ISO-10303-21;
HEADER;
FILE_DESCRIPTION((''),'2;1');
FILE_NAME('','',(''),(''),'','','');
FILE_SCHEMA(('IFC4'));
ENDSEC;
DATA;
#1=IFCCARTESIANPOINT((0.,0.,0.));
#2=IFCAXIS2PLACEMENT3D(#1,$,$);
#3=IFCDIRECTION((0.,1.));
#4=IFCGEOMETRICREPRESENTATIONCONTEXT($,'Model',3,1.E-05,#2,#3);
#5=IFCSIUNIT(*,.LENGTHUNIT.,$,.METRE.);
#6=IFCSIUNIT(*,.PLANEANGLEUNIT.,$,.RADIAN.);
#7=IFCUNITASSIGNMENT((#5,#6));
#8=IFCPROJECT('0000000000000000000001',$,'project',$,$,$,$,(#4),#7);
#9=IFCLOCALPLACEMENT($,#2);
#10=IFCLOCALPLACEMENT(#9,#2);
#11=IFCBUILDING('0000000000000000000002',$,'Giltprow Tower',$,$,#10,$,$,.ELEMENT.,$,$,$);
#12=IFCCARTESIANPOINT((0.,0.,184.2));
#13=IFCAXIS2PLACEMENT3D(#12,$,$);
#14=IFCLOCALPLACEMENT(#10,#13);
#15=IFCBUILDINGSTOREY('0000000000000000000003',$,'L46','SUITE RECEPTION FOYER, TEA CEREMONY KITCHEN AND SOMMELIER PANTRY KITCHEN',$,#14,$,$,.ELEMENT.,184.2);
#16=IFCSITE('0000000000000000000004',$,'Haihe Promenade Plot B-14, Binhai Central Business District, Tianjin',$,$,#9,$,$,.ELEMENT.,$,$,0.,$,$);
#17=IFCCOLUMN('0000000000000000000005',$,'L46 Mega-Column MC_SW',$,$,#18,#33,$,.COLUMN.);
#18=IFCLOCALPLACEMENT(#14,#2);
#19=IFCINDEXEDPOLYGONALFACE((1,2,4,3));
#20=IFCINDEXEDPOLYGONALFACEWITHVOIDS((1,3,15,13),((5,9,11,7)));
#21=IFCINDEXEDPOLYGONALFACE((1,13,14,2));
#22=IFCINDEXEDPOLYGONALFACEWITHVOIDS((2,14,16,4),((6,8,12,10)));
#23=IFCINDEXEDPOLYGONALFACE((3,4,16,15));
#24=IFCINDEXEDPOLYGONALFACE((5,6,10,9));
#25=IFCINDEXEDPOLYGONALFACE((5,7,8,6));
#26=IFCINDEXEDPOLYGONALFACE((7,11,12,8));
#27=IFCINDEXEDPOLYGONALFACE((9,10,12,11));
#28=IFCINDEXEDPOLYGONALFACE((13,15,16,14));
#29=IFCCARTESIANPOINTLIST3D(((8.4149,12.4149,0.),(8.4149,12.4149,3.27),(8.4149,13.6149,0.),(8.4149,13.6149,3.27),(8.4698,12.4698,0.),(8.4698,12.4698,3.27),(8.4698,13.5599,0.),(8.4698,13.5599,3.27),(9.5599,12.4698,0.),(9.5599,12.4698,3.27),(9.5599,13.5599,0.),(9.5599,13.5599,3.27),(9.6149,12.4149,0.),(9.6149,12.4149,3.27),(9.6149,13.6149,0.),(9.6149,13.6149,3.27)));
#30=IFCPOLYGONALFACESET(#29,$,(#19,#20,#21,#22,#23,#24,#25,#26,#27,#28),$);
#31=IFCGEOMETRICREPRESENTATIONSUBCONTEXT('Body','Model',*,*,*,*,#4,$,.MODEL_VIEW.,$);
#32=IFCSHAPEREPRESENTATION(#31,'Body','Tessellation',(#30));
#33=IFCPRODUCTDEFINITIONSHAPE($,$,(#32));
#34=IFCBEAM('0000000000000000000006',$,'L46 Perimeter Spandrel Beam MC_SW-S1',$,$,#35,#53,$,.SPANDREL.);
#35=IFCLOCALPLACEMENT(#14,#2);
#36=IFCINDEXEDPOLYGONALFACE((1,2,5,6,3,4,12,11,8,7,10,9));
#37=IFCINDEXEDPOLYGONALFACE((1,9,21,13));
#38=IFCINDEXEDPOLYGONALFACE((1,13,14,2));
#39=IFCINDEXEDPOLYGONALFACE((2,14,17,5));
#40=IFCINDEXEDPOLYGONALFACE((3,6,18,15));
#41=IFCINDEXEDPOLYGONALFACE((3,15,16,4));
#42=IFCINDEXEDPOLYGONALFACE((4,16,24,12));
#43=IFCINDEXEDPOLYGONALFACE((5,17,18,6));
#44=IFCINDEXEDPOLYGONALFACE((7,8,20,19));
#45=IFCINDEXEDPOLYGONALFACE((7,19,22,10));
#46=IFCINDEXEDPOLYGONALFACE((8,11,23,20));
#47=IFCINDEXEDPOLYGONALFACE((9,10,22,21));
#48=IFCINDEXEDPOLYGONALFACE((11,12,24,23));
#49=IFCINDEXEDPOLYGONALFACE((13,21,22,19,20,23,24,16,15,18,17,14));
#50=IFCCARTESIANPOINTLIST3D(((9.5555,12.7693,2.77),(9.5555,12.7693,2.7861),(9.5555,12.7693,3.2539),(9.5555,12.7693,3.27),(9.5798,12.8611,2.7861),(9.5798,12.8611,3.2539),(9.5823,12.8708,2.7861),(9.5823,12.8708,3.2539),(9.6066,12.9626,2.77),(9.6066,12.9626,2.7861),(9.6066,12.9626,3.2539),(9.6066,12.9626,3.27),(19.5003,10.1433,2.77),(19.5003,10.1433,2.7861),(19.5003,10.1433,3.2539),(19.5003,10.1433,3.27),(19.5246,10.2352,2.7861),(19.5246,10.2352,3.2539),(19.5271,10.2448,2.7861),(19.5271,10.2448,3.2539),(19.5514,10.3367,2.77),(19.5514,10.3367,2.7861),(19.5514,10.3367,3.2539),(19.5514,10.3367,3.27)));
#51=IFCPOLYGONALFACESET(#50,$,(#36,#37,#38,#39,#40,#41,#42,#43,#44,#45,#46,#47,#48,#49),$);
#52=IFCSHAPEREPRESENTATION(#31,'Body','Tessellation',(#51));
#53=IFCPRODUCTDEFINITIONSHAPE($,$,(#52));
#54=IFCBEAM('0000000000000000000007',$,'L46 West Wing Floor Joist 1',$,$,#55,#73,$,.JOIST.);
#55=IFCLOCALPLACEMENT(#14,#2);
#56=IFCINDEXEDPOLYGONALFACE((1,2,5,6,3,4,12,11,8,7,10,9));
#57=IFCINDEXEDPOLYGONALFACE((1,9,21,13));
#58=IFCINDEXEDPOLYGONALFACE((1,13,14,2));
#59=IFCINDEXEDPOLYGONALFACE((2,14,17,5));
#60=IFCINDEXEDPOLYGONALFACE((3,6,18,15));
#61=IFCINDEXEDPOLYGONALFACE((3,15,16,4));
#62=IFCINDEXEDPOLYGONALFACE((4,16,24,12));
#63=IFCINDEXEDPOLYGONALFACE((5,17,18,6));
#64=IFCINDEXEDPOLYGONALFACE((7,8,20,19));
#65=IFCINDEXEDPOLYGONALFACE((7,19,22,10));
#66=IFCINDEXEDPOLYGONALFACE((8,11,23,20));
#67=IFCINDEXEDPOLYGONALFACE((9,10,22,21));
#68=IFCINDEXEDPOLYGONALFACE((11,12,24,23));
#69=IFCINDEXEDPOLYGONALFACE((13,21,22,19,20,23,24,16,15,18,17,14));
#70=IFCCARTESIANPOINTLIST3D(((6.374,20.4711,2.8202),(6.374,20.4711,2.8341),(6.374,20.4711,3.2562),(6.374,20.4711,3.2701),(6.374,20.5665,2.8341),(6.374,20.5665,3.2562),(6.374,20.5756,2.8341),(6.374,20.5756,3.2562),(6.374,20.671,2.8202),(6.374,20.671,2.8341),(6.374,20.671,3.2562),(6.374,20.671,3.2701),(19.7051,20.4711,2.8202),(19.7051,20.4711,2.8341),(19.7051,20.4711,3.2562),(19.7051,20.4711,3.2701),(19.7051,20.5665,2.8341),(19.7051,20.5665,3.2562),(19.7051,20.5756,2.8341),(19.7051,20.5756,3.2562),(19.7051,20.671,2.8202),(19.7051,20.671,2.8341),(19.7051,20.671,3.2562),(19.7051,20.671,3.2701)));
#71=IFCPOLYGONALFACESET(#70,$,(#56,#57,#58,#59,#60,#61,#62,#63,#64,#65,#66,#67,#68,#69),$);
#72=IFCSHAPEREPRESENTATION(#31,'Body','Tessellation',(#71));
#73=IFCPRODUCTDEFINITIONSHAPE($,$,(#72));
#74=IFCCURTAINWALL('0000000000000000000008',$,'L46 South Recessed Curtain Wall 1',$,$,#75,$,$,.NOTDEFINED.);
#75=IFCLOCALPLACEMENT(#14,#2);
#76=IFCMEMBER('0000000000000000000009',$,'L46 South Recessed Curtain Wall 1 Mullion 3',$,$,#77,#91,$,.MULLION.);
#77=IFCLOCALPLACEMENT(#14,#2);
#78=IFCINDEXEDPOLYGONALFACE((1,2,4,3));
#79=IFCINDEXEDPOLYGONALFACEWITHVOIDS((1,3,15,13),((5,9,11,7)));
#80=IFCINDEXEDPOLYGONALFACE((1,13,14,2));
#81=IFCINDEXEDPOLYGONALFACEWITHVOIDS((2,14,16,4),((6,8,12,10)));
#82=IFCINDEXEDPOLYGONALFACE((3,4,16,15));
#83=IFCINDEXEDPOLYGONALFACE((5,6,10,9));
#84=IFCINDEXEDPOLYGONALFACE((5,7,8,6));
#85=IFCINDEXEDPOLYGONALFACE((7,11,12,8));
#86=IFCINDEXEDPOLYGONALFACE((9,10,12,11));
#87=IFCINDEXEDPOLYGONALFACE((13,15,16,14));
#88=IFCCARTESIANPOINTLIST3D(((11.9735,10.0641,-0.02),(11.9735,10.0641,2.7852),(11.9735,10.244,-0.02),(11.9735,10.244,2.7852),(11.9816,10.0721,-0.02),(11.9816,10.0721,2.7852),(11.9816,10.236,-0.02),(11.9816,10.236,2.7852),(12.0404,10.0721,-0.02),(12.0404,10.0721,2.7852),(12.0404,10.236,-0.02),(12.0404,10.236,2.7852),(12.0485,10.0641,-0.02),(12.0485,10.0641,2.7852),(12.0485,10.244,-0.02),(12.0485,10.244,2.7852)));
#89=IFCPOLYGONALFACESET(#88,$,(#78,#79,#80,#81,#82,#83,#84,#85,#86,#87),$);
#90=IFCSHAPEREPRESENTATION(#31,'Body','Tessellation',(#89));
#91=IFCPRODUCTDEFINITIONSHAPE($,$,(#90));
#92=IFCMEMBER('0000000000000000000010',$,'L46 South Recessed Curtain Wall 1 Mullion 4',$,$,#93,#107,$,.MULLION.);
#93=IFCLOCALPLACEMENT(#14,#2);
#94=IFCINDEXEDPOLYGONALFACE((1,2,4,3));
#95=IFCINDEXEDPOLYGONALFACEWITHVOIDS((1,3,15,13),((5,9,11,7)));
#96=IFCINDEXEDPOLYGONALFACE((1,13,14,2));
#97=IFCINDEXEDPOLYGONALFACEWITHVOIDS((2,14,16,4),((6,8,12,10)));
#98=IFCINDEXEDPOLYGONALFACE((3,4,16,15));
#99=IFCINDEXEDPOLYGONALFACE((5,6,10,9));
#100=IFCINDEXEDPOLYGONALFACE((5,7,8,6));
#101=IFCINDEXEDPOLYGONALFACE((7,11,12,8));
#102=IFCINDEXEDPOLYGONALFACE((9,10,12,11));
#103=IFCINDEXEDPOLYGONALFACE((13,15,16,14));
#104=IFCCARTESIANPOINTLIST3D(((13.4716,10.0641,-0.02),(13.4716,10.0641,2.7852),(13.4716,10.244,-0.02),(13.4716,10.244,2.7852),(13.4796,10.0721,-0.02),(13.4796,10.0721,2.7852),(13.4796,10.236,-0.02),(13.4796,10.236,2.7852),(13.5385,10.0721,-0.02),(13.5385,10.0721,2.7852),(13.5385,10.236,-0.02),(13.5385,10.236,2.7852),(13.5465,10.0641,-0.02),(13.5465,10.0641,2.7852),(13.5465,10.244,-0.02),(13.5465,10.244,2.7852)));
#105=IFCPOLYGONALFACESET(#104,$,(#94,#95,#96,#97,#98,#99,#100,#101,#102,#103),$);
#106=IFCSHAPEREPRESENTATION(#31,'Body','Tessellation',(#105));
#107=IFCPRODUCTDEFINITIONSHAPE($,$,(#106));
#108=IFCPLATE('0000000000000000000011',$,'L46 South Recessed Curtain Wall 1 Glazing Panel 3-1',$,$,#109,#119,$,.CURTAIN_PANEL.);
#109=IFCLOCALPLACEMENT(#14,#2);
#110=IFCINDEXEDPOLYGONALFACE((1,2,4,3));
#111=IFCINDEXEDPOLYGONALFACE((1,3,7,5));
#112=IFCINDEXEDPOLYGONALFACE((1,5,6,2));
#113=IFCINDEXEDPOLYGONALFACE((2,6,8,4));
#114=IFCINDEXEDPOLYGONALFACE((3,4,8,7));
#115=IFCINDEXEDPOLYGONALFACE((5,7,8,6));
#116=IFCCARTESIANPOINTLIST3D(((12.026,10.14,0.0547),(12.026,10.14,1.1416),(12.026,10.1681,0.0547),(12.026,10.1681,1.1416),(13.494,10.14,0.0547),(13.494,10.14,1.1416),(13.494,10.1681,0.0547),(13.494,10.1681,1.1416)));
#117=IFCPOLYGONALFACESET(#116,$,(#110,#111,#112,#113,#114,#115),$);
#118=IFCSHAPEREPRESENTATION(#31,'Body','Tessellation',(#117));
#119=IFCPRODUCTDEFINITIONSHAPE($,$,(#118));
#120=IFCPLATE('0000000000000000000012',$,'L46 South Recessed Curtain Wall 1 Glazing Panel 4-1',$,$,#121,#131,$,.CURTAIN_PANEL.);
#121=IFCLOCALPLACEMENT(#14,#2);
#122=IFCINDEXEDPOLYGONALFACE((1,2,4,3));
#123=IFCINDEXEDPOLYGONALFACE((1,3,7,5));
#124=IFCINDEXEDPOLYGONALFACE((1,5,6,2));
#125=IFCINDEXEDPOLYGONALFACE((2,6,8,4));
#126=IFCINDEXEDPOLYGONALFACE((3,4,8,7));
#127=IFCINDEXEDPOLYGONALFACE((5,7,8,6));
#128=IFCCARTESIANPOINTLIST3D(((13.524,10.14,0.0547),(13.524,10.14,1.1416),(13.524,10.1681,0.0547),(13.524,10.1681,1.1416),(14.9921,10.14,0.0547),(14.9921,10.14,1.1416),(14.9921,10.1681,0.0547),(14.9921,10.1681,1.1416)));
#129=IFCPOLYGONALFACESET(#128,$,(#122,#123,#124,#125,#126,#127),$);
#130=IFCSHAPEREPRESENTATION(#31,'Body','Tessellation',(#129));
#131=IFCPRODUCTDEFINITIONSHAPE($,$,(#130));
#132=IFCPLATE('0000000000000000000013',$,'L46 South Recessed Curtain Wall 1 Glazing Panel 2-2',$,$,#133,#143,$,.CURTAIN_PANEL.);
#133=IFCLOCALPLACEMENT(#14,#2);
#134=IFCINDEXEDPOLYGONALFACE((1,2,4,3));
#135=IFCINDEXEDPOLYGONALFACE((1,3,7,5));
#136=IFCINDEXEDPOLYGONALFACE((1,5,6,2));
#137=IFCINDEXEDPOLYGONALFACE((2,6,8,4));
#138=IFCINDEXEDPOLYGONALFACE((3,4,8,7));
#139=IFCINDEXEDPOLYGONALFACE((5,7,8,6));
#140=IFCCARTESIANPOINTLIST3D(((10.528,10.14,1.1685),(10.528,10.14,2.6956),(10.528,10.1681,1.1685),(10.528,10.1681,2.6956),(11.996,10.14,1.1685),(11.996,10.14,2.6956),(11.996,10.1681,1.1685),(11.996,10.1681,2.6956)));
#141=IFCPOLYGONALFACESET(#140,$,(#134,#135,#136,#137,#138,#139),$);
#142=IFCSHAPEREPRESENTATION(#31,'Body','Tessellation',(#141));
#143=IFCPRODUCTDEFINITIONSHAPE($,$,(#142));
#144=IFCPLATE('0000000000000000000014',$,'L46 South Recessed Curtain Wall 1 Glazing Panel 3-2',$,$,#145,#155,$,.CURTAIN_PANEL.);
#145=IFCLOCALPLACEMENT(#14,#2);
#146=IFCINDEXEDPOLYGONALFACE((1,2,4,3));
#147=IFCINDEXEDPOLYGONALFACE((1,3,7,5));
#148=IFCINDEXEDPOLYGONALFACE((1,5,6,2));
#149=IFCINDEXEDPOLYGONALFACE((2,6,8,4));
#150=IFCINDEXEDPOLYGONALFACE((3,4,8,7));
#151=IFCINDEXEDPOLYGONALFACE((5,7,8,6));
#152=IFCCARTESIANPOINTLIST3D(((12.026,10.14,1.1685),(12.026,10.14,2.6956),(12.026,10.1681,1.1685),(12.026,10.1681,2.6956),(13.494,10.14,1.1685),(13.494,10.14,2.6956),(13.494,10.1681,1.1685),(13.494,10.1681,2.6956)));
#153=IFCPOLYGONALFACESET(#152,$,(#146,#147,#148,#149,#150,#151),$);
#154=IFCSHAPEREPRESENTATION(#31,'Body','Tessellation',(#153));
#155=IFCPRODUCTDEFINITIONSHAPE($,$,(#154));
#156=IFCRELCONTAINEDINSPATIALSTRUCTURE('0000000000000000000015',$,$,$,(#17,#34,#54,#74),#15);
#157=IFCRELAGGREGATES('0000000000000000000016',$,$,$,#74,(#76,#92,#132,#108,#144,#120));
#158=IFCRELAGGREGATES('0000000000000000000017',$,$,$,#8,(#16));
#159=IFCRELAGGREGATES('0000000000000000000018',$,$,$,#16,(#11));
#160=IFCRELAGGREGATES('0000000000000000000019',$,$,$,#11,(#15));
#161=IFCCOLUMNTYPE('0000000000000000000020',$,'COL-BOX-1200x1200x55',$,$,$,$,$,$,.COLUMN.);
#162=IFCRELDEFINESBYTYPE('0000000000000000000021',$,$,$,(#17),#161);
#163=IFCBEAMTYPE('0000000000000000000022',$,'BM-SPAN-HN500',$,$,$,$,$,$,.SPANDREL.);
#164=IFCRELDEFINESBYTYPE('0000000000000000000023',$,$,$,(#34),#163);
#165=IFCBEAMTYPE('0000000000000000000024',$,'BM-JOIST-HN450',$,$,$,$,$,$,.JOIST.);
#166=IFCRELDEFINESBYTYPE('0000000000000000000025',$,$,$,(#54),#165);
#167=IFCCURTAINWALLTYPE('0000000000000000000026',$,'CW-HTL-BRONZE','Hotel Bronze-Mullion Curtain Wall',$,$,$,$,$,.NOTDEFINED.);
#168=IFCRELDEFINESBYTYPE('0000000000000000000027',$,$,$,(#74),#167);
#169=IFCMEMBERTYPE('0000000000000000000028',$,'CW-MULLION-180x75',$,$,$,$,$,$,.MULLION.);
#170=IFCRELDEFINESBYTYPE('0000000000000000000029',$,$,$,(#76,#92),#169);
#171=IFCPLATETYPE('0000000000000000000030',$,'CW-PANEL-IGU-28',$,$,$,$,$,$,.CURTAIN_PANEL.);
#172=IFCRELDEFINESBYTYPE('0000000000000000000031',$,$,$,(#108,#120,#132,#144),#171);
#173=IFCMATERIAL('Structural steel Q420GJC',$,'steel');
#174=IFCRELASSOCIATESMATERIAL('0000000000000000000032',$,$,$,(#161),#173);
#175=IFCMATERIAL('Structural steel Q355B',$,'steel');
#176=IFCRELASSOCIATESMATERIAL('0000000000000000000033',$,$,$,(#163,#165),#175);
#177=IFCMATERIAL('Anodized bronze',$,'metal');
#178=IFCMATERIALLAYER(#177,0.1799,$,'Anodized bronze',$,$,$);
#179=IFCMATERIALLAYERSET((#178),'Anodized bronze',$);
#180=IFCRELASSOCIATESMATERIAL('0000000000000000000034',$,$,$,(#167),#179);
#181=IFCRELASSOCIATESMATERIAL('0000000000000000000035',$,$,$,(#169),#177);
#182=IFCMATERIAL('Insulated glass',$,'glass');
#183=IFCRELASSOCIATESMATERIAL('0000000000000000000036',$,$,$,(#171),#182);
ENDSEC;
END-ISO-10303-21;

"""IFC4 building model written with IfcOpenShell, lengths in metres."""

from ifc_helpers import new_model, si_unit, direction, frame, origin, origin_2d, place, context, subcontext, project, spatial, rectangle, hollow_rectangle, i_section, extrude, source, transform, mapped, material, layer, layer_set, material_profile, profile_set, type_object, element, aggregate, save


model = new_model("IFC4")

# Units and contexts
model_context = context("Model", 3, precision=1e-05, world=origin(), true_north=direction((0.0, 1.0)))
body_context = subcontext(model_context, "Body", "Model", "MODEL_VIEW")
ifc_project = project(units=[si_unit("LENGTHUNIT", "METRE"), si_unit("PLANEANGLEUNIT", "RADIAN")], contexts=[model_context])

# Site, building, storey
site_placement = place(None, origin())
site = spatial("IfcSite", under=ifc_project, at=site_placement, Name="Haihe Promenade Plot B-14, Binhai Central Business District, Tianjin", CompositionType="ELEMENT", RefElevation=0.0)
building_placement = place(site_placement, origin())
building = spatial("IfcBuilding", under=site, at=building_placement, Name="Giltprow Tower", CompositionType="ELEMENT")
storey_placement = place(building_placement, frame((0.0, 0.0, 184.2)))
storey = spatial("IfcBuildingStorey", under=building, at=storey_placement, Name="L46", Description="SUITE RECEPTION FOYER, TEA CEREMONY KITCHEN AND SOMMELIER PANTRY KITCHEN", CompositionType="ELEMENT", Elevation=184.2)

# Column
ifc_material_1 = material(Name="Structural steel Q420GJC", Category="steel")
ifc_material_profile_1 = material_profile(ifc_material_1, hollow_rectangle(XDim=1.2, YDim=1.2, WallThickness=0.0549, at=origin_2d()), Name="BOX 1200x1200x55")
ifc_profile_set_1 = profile_set([ifc_material_profile_1], Name="Structural steel Q420GJC")
column_type = type_object("IfcColumnType", Name="COL-BOX-1200x1200x55", PredefinedType="COLUMN", material=ifc_profile_set_1)
shared_shape_1 = source(origin(), body_context, "Body", "SweptSolid", [
    extrude(hollow_rectangle(XDim=1.2, YDim=1.2, WallThickness=0.0549, at=origin_2d()), origin(), (0.0, 0.0, 1.0), 3.27),
])
column_placement = place(storey_placement, frame((9.0149, 13.0149, 0.0), z_axis=(0.0, 0.0, 1.0), x_axis=(1.0, 0.0, 0.0)))
element("IfcColumn", 1, at=column_placement, inside=storey, type_object=column_type, Name="L46 Mega-Column MC_SW", PredefinedType="COLUMN", context=body_context, shape_type="MappedRepresentation", body=[
    mapped(shared_shape_1, transform((0.0, 0.0, 0.0), x_axis=(1.0, 0.0, 0.0), y_axis=(0.0, 1.0, 0.0), z_axis=(0.0, 0.0, 1.0), scale=1.0)),
])

# Beams
ifc_material_2 = material(Name="Structural steel Q355B", Category="steel")
ifc_material_profile_2 = material_profile(ifc_material_2, i_section(OverallWidth=0.2, OverallDepth=0.5, WebThickness=0.01, FlangeThickness=0.0161, at=origin_2d()), Name="HN 500x200x10x16")
ifc_profile_set_2 = profile_set([ifc_material_profile_2], Name="Structural steel Q355B")
beam_type_1 = type_object("IfcBeamType", Name="BM-SPAN-HN500", PredefinedType="SPANDREL", material=ifc_profile_set_2)
shared_shape_2 = source(origin(), body_context, "Body", "SweptSolid", [
    extrude(i_section(OverallWidth=0.2, OverallDepth=0.5, WebThickness=0.01, FlangeThickness=0.0161, at=origin_2d()), origin(), (0.0, 0.0, 1.0), 10.2856),
])
beam_1_placement = place(storey_placement, frame((9.5811, 12.866, 3.02), z_axis=(0.966861, -0.255304, 0.0), x_axis=(0.255304, 0.966861, 0.0)))
element("IfcBeam", 2, at=beam_1_placement, inside=storey, type_object=beam_type_1, Name="L46 Perimeter Spandrel Beam MC_SW-S1", PredefinedType="SPANDREL", context=body_context, shape_type="MappedRepresentation", body=[
    mapped(shared_shape_2, transform((0.0, 0.0, 0.0), x_axis=(1.0, 0.0, 0.0), y_axis=(0.0, 1.0, 0.0), z_axis=(0.0, 0.0, 1.0), scale=1.0)),
])
ifc_material_profile_3 = material_profile(ifc_material_2, i_section(OverallWidth=0.2, OverallDepth=0.45, WebThickness=0.009, FlangeThickness=0.0139, at=origin_2d()), Name="HN 450x200x9x14")
ifc_profile_set_3 = profile_set([ifc_material_profile_3], Name="Structural steel Q355B")
beam_type_2 = type_object("IfcBeamType", Name="BM-JOIST-HN450", PredefinedType="JOIST", material=ifc_profile_set_3)
shared_shape_3 = source(origin(), body_context, "Body", "SweptSolid", [
    extrude(i_section(OverallWidth=0.2, OverallDepth=0.45, WebThickness=0.009, FlangeThickness=0.0139, at=origin_2d()), origin(), (0.0, 0.0, 1.0), 13.3311),
])
beam_2_placement = place(storey_placement, frame((6.374, 20.571, 3.0452), z_axis=(1.0, 0.0, 0.0), x_axis=(0.0, 1.0, 0.0)))
element("IfcBeam", 3, at=beam_2_placement, inside=storey, type_object=beam_type_2, Name="L46 West Wing Floor Joist 1", PredefinedType="JOIST", context=body_context, shape_type="MappedRepresentation", body=[
    mapped(shared_shape_3, transform((0.0, 0.0, 0.0), x_axis=(1.0, 0.0, 0.0), y_axis=(0.0, 1.0, 0.0), z_axis=(0.0, 0.0, 1.0), scale=1.0)),
])

# Curtain wall, members, plates
ifc_material_3 = material(Name="Anodized bronze", Category="metal")
ifc_layer_1 = layer(ifc_material_3, 0.1799, Name="Anodized bronze")
ifc_layer_set_1 = layer_set([ifc_layer_1], Name="Anodized bronze")
curtain_wall_type = type_object("IfcCurtainWallType", Name="CW-HTL-BRONZE", Description="Hotel Bronze-Mullion Curtain Wall", PredefinedType="NOTDEFINED", material=ifc_layer_set_1)
curtain_wall_placement = place(storey_placement, origin())
curtain_wall = element("IfcCurtainWall", 4, at=curtain_wall_placement, inside=storey, type_object=curtain_wall_type, Name="L46 South Recessed Curtain Wall 1", PredefinedType="NOTDEFINED")
ifc_material_profile_4 = material_profile(ifc_material_3, hollow_rectangle(XDim=0.075, YDim=0.1799, WallThickness=0.0081, at=origin_2d()), Name="RHS 180x75x8")
ifc_profile_set_4 = profile_set([ifc_material_profile_4], Name="Anodized bronze")
member_type = type_object("IfcMemberType", Name="CW-MULLION-180x75", PredefinedType="MULLION", material=ifc_profile_set_4)
shared_shape_4 = source(origin(), body_context, "Body", "SweptSolid", [
    extrude(hollow_rectangle(XDim=0.075, YDim=0.1799, WallThickness=0.0081, at=origin_2d()), origin(), (0.0, 0.0, 1.0), 2.8052),
])
member_1_placement = place(storey_placement, frame((12.011, 10.1541, -0.02), z_axis=(0.0, 0.0, 1.0), x_axis=(1.0, 0.0, 0.0)))
member_1 = element("IfcMember", 5, at=member_1_placement, type_object=member_type, Name="L46 South Recessed Curtain Wall 1 Mullion 3", PredefinedType="MULLION", context=body_context, shape_type="MappedRepresentation", body=[
    mapped(shared_shape_4, transform((0.0, 0.0, 0.0), x_axis=(1.0, 0.0, 0.0), y_axis=(0.0, 1.0, 0.0), z_axis=(0.0, 0.0, 1.0), scale=1.0)),
])
member_2_placement = place(storey_placement, frame((13.509, 10.1541, -0.02), z_axis=(0.0, 0.0, 1.0), x_axis=(1.0, 0.0, 0.0)))
member_2 = element("IfcMember", 6, at=member_2_placement, type_object=member_type, Name="L46 South Recessed Curtain Wall 1 Mullion 4", PredefinedType="MULLION", context=body_context, shape_type="MappedRepresentation", body=[
    mapped(shared_shape_4, transform((0.0, 0.0, 0.0), x_axis=(1.0, 0.0, 0.0), y_axis=(0.0, 1.0, 0.0), z_axis=(0.0, 0.0, 1.0), scale=1.0)),
])
ifc_material_4 = material(Name="Insulated glass", Category="glass")
plate_type = type_object("IfcPlateType", Name="CW-PANEL-IGU-28", PredefinedType="CURTAIN_PANEL", material=ifc_material_4)
shared_shape_5 = source(origin(), body_context, "Body", "SweptSolid", [
    extrude(rectangle(XDim=1.468, YDim=0.0281, at=origin_2d()), origin(), (0.0, 0.0, 1.0), 1.0869),
])
plate_1_placement = place(storey_placement, frame((12.76, 10.1541, 0.0547), z_axis=(0.0, 0.0, 1.0), x_axis=(1.0, 0.0, 0.0)))
plate_1 = element("IfcPlate", 7, at=plate_1_placement, type_object=plate_type, Name="L46 South Recessed Curtain Wall 1 Glazing Panel 3-1", PredefinedType="CURTAIN_PANEL", context=body_context, shape_type="MappedRepresentation", body=[
    mapped(shared_shape_5, transform((0.0, 0.0, 0.0), x_axis=(1.0, 0.0, 0.0), y_axis=(0.0, 1.0, 0.0), z_axis=(0.0, 0.0, 1.0), scale=1.0)),
])
plate_2_placement = place(storey_placement, frame((14.2581, 10.1541, 0.0547), z_axis=(0.0, 0.0, 1.0), x_axis=(1.0, 0.0, 0.0)))
plate_2 = element("IfcPlate", 8, at=plate_2_placement, type_object=plate_type, Name="L46 South Recessed Curtain Wall 1 Glazing Panel 4-1", PredefinedType="CURTAIN_PANEL", context=body_context, shape_type="MappedRepresentation", body=[
    mapped(shared_shape_5, transform((0.0, 0.0, 0.0), x_axis=(1.0, 0.0, 0.0), y_axis=(0.0, 1.0, 0.0), z_axis=(0.0, 0.0, 1.0), scale=1.0)),
])
shared_shape_6 = source(origin(), body_context, "Body", "SweptSolid", [
    extrude(rectangle(XDim=1.468, YDim=0.0281, at=origin_2d()), origin(), (0.0, 0.0, 1.0), 1.5271),
])
plate_3_placement = place(storey_placement, frame((11.262, 10.1541, 1.1685), z_axis=(0.0, 0.0, 1.0), x_axis=(1.0, 0.0, 0.0)))
plate_3 = element("IfcPlate", 9, at=plate_3_placement, type_object=plate_type, Name="L46 South Recessed Curtain Wall 1 Glazing Panel 2-2", PredefinedType="CURTAIN_PANEL", context=body_context, shape_type="MappedRepresentation", body=[
    mapped(shared_shape_6, transform((0.0, 0.0, 0.0), x_axis=(1.0, 0.0, 0.0), y_axis=(0.0, 1.0, 0.0), z_axis=(0.0, 0.0, 1.0), scale=1.0)),
])
plate_4_placement = place(storey_placement, frame((12.76, 10.1541, 1.1685), z_axis=(0.0, 0.0, 1.0), x_axis=(1.0, 0.0, 0.0)))
plate_4 = element("IfcPlate", 10, at=plate_4_placement, type_object=plate_type, Name="L46 South Recessed Curtain Wall 1 Glazing Panel 3-2", PredefinedType="CURTAIN_PANEL", context=body_context, shape_type="MappedRepresentation", body=[
    mapped(shared_shape_6, transform((0.0, 0.0, 0.0), x_axis=(1.0, 0.0, 0.0), y_axis=(0.0, 1.0, 0.0), z_axis=(0.0, 0.0, 1.0), scale=1.0)),
])
aggregate(curtain_wall, [member_1, member_2, plate_3, plate_1, plate_4, plate_2])

save(model, "model.ifc")
